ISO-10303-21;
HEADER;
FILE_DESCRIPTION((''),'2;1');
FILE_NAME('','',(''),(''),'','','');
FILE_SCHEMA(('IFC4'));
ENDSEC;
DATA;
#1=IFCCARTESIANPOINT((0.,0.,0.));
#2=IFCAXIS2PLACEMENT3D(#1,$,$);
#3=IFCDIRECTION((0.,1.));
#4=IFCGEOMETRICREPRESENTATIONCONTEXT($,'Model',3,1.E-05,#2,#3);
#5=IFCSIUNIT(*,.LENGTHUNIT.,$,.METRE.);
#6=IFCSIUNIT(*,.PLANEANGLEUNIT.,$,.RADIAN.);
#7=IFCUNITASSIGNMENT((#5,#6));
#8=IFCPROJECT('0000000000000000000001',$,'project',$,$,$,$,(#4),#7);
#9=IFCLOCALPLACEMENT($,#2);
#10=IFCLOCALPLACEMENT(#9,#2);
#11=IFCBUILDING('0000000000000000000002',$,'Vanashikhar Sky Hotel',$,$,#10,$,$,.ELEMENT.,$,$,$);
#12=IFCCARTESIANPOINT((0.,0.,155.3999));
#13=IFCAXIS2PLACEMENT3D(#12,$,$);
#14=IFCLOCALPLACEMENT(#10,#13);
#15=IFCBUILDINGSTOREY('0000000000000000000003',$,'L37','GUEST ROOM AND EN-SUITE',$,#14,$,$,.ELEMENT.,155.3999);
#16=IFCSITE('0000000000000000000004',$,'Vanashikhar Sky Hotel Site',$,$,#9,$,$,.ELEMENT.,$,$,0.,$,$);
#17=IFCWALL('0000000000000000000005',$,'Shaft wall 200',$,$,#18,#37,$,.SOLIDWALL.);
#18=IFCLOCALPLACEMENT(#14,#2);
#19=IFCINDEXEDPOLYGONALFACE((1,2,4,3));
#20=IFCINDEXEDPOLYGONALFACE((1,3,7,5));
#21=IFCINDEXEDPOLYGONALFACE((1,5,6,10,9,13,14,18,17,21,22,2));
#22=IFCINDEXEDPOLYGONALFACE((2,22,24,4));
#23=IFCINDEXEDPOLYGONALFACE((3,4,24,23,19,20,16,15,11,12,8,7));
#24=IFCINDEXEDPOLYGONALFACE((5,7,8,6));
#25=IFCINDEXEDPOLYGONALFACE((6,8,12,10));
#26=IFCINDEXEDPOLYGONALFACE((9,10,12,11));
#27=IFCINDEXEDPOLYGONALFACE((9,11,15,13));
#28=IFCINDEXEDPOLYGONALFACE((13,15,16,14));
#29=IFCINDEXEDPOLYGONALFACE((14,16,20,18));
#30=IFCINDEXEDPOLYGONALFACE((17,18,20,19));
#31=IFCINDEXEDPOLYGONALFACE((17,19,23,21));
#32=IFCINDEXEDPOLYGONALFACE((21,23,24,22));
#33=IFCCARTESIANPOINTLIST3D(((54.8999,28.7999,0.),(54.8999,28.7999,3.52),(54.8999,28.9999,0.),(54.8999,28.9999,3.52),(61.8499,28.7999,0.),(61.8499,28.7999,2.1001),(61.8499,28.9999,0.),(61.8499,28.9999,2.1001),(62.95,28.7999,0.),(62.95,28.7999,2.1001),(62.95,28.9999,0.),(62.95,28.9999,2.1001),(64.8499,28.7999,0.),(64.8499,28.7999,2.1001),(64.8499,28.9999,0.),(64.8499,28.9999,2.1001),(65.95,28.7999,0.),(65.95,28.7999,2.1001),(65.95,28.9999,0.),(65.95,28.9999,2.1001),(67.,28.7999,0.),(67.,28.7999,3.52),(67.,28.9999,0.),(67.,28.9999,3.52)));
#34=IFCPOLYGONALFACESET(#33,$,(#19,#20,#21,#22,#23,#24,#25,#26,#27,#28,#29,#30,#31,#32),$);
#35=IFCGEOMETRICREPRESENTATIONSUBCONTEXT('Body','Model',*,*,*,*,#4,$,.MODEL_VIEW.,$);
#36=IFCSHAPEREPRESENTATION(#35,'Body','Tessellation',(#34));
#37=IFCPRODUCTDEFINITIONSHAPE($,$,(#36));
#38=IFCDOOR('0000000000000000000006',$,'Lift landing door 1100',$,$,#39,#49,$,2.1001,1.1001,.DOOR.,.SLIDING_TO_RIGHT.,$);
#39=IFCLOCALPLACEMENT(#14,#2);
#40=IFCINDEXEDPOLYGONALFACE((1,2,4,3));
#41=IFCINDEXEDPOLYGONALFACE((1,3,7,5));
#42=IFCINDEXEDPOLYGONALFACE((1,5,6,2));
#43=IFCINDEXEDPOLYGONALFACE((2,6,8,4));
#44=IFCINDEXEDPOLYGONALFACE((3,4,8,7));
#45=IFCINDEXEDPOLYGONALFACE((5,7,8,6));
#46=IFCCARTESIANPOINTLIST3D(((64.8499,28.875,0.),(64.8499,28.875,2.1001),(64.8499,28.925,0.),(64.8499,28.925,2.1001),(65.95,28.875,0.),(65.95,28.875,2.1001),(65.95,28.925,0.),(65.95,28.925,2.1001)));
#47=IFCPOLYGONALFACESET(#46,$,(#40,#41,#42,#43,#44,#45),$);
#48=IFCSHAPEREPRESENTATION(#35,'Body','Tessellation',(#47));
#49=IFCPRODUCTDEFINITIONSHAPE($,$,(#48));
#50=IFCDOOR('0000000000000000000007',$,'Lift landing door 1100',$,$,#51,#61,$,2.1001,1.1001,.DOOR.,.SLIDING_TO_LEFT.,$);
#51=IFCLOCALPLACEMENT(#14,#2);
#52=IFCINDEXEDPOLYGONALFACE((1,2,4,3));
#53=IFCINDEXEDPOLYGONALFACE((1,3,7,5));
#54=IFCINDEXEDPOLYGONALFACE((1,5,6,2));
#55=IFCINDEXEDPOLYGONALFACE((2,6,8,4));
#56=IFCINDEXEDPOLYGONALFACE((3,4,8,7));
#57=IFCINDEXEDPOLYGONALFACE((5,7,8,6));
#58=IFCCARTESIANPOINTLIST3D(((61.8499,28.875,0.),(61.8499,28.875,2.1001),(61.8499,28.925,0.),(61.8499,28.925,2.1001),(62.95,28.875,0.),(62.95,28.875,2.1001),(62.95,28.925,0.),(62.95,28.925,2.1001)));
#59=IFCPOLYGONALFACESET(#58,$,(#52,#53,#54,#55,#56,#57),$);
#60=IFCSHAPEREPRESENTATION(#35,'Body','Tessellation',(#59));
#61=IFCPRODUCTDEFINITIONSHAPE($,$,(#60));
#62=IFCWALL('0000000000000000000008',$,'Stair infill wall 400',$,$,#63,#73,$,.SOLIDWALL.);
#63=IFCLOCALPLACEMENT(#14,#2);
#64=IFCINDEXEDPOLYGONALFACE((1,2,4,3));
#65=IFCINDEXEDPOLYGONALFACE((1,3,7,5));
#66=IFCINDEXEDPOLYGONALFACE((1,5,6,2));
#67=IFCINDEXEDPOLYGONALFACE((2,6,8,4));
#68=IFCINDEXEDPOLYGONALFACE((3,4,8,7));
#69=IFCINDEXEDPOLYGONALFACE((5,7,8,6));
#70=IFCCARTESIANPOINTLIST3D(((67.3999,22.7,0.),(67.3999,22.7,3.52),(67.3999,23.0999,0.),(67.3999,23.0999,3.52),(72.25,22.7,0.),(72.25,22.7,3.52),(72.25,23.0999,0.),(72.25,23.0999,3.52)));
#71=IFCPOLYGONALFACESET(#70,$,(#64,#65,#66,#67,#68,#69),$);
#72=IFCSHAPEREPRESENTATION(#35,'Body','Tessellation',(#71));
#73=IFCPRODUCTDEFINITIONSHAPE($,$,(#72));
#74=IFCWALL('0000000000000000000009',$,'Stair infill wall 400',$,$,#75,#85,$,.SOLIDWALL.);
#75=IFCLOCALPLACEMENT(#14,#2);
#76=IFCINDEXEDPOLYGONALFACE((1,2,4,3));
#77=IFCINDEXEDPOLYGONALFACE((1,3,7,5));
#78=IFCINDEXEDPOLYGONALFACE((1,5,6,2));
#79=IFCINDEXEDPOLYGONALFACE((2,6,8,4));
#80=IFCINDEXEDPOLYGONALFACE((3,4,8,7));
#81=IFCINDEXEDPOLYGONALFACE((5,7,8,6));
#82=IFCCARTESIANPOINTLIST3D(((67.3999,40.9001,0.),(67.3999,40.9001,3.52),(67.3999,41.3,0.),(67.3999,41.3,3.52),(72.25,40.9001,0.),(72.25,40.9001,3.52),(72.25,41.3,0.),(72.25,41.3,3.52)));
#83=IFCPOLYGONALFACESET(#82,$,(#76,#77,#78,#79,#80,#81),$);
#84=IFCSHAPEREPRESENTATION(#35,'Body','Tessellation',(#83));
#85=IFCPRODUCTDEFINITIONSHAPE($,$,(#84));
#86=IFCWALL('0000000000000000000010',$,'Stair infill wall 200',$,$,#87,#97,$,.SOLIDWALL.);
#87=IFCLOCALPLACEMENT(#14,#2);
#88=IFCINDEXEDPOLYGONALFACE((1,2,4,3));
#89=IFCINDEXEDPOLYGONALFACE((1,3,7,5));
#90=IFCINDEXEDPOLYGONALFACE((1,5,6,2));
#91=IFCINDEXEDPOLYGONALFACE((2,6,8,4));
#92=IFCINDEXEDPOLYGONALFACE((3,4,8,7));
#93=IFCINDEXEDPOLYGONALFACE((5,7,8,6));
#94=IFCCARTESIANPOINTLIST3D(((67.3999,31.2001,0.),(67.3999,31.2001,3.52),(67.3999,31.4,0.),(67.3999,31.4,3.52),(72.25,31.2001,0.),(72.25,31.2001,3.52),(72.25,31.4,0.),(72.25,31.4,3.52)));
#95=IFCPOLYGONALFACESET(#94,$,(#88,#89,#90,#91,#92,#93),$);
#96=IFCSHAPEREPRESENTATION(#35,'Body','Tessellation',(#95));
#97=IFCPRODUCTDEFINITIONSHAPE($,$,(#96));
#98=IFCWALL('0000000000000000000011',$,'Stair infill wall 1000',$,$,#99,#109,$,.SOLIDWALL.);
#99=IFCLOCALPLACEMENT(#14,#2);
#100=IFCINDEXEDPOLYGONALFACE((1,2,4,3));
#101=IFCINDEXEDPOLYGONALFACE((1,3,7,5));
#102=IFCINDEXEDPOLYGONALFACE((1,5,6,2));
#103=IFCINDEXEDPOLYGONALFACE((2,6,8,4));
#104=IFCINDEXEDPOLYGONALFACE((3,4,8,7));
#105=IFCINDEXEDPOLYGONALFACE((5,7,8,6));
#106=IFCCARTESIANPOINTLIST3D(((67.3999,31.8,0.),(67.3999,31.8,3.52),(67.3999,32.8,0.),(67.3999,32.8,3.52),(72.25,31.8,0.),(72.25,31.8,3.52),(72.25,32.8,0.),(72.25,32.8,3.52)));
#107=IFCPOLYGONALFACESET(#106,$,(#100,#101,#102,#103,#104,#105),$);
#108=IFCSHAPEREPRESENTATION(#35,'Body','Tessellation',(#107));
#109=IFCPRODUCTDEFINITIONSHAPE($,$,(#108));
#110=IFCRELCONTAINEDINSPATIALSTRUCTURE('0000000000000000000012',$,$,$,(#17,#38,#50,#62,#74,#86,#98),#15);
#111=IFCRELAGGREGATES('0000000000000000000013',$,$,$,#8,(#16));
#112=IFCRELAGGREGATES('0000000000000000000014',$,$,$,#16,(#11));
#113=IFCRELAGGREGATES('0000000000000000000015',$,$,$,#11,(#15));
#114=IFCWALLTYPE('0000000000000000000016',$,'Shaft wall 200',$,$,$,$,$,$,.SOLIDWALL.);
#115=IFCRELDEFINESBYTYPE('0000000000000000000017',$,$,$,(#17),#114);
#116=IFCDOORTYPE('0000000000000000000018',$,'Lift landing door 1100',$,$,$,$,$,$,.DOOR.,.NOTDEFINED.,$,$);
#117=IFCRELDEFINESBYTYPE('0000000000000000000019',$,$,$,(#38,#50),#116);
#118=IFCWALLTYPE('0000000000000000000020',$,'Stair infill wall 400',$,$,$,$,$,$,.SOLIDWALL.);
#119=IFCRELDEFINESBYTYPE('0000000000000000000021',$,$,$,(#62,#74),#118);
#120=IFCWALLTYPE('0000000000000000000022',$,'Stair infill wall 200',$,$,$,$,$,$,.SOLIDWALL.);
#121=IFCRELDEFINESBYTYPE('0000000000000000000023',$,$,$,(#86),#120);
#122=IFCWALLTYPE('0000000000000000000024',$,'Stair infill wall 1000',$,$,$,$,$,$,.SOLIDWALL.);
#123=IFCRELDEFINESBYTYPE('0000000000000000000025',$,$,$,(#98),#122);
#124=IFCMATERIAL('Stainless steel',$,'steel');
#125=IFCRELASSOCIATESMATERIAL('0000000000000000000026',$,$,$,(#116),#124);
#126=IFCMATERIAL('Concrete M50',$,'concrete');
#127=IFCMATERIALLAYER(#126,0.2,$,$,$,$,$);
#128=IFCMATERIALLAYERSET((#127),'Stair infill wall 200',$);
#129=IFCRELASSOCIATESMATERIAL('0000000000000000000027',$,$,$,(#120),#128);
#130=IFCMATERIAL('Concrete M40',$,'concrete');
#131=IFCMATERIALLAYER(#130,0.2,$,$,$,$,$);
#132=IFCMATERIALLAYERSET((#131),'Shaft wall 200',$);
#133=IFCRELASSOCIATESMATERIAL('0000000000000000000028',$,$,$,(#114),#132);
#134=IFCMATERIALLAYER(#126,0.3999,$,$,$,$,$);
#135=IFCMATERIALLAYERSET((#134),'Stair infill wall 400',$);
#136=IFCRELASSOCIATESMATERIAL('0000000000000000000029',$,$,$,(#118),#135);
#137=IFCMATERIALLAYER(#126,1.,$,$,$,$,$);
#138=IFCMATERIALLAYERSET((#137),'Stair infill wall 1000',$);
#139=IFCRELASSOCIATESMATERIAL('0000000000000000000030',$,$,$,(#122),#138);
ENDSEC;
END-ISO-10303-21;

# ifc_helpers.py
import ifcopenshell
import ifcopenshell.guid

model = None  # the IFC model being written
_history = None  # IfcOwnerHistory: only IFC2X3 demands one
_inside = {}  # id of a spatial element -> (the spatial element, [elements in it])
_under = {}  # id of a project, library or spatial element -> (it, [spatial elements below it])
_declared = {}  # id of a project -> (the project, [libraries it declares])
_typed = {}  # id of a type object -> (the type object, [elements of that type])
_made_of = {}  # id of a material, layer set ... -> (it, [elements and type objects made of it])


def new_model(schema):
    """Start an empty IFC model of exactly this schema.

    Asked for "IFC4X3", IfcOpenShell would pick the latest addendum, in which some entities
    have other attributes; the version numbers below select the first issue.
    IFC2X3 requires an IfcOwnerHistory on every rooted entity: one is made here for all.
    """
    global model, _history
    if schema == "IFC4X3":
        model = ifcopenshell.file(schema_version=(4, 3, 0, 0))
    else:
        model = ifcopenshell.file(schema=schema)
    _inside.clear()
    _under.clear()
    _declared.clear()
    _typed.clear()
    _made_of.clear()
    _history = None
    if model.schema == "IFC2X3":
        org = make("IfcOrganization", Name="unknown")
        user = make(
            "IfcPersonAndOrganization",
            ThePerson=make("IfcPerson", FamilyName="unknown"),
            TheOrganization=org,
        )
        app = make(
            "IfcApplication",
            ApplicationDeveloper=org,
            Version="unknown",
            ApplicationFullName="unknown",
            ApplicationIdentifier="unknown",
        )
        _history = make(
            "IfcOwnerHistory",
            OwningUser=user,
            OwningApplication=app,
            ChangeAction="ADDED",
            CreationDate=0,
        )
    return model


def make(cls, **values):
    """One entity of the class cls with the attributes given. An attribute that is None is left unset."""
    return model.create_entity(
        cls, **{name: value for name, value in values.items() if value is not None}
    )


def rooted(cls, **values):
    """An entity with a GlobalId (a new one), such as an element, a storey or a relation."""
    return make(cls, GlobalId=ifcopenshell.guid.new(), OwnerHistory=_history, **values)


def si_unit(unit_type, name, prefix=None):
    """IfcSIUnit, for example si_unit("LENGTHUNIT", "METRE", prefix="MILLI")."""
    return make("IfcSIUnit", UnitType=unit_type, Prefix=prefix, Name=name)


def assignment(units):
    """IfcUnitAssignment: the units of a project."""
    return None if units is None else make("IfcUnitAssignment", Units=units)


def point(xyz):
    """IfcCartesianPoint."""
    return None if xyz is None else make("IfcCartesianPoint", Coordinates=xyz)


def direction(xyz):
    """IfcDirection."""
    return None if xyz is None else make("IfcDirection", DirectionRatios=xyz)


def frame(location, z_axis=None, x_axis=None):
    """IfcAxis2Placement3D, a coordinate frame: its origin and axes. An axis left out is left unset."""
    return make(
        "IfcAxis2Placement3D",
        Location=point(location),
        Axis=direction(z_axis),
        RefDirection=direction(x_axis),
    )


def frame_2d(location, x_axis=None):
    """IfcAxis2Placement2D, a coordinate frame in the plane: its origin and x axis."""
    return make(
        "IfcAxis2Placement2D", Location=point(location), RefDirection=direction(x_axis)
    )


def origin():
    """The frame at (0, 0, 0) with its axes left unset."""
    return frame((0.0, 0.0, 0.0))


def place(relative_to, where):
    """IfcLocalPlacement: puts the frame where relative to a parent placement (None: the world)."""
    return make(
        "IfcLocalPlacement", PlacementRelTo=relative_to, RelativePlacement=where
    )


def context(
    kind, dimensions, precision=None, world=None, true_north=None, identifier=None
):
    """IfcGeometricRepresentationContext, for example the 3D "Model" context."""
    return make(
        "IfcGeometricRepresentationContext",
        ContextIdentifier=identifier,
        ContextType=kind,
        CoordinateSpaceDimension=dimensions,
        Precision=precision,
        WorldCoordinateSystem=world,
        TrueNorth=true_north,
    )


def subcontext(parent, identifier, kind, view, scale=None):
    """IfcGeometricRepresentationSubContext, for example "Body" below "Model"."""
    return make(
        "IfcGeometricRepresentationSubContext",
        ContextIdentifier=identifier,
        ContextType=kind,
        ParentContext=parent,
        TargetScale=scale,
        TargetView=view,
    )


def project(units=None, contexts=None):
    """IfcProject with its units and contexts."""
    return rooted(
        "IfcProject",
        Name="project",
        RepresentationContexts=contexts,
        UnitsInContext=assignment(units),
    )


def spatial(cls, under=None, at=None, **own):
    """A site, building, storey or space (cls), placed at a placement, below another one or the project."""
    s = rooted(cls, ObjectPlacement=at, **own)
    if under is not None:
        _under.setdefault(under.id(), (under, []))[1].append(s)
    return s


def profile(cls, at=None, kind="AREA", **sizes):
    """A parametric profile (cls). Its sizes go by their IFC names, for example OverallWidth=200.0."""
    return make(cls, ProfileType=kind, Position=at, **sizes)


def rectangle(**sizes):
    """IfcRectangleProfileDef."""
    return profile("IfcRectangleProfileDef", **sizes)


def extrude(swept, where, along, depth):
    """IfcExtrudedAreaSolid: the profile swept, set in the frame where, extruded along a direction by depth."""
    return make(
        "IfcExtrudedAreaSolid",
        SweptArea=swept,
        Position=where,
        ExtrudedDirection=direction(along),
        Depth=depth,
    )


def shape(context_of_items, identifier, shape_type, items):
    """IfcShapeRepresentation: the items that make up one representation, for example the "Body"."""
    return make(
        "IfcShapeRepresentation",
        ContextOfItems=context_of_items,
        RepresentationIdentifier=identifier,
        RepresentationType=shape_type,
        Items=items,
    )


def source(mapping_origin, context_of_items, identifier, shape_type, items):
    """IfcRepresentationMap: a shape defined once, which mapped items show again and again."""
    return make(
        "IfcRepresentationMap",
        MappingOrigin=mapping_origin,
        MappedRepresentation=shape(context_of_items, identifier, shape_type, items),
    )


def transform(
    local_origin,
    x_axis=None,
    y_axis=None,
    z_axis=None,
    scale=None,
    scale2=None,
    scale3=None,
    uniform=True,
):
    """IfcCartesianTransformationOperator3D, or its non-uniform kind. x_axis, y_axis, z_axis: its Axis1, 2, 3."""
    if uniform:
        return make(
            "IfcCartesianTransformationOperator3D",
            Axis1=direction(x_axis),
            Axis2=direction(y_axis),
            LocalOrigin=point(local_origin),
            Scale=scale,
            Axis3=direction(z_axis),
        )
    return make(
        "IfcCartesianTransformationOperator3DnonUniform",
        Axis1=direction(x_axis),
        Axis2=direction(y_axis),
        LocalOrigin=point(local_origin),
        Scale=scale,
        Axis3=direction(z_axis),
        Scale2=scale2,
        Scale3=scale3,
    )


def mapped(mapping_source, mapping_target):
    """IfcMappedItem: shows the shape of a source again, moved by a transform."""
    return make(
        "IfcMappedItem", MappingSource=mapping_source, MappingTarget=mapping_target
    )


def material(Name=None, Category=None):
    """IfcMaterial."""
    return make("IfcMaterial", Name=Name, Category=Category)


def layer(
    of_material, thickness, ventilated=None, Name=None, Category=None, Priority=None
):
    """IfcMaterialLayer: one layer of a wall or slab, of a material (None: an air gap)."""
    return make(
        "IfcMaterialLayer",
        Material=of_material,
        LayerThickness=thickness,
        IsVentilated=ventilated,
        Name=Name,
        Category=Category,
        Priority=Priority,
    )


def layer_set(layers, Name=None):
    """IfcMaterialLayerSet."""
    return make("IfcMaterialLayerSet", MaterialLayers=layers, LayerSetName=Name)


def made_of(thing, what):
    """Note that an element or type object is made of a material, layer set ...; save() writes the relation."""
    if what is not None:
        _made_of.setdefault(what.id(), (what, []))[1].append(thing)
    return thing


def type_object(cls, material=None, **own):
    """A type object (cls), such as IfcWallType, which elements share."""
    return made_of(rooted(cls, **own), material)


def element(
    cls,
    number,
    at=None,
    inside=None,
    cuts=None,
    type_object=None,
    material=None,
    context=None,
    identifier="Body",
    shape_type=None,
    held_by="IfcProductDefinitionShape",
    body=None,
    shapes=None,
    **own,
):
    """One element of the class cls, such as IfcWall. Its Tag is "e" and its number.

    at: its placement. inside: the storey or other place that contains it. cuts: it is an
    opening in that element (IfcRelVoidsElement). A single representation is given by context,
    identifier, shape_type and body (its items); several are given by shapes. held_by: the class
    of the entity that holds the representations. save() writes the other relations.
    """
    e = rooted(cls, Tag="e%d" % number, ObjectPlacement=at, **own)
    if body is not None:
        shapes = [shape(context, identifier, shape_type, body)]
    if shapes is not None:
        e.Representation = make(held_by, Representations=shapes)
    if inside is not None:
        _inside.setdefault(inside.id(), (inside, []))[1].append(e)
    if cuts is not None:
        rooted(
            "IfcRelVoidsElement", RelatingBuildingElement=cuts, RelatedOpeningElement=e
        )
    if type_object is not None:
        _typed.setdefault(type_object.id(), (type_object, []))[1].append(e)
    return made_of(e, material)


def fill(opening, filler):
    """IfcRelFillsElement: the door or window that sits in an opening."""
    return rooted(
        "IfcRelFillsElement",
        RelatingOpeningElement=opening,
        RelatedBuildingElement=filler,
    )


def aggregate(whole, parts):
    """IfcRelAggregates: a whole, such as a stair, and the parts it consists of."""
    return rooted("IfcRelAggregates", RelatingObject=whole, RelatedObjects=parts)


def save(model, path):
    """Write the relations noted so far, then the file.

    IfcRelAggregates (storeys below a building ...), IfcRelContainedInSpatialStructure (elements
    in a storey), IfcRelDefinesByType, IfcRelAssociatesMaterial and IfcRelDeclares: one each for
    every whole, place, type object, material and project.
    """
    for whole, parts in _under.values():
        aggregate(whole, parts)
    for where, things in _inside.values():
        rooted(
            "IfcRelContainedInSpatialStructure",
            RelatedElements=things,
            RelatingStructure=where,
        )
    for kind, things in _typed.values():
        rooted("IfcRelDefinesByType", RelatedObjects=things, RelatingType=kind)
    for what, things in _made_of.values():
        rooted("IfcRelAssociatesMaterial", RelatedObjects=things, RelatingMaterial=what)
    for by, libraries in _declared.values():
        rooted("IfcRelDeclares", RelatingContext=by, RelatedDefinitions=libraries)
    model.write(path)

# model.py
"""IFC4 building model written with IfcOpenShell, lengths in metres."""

from ifc_helpers import new_model, si_unit, direction, frame, frame_2d, origin, place, context, subcontext, project, spatial, rectangle, extrude, source, transform, mapped, material, layer, layer_set, type_object, element, fill, save


model = new_model("IFC4")

# Units and contexts
model_context = context("Model", 3, precision=1e-05, world=origin(), true_north=direction((0.0, 1.0)))
body_context = subcontext(model_context, "Body", "Model", "MODEL_VIEW")
ifc_project = project(units=[si_unit("LENGTHUNIT", "METRE"), si_unit("PLANEANGLEUNIT", "RADIAN")], contexts=[model_context])

# Site, building, storey
site_placement = place(None, origin())
site = spatial("IfcSite", under=ifc_project, at=site_placement, Name="Vanashikhar Sky Hotel Site", CompositionType="ELEMENT", RefElevation=0.0)
building_placement = place(site_placement, origin())
building = spatial("IfcBuilding", under=site, at=building_placement, Name="Vanashikhar Sky Hotel", CompositionType="ELEMENT")
storey_placement = place(building_placement, frame((0.0, 0.0, 155.3999)))
storey = spatial("IfcBuildingStorey", under=building, at=storey_placement, Name="L37", Description="GUEST ROOM AND EN-SUITE", CompositionType="ELEMENT", Elevation=155.3999)

# Shared definitions
ifc_material_1 = material(Name="Stainless steel", Category="steel")
door_type_1 = type_object("IfcDoorType", Name="Lift landing door 1100", OperationType="NOTDEFINED", PredefinedType="DOOR", material=ifc_material_1)
shared_shape_1 = source(origin(), body_context, "Body", "SweptSolid", [
    extrude(rectangle(XDim=1.1001, YDim=2.1001, at=frame_2d((0.55, 1.05))), frame((0.0, 0.0249, 0.0), z_axis=(0.0, -1.0, 0.0), x_axis=(1.0, 0.0, 0.0)), (0.0, 0.0, 1.0), 0.05),
])

# Shared definitions
ifc_material_2 = material(Name="Concrete M50", Category="concrete")
ifc_layer_1 = layer(ifc_material_2, 0.2)
ifc_layer_set_1 = layer_set([ifc_layer_1], Name="Stair infill wall 200")
wall_type_1 = type_object("IfcWallType", Name="Stair infill wall 200", PredefinedType="SOLIDWALL", material=ifc_layer_set_1)

# Wall, openings, doors
ifc_material_3 = material(Name="Concrete M40", Category="concrete")
ifc_layer_2 = layer(ifc_material_3, 0.2)
ifc_layer_set_2 = layer_set([ifc_layer_2], Name="Shaft wall 200")
wall_type_2 = type_object("IfcWallType", Name="Shaft wall 200", PredefinedType="SOLIDWALL", material=ifc_layer_set_2)
shared_shape_2 = source(origin(), body_context, "Body", "SweptSolid", [
    extrude(rectangle(XDim=12.1001, YDim=0.2, at=frame_2d((6.05, 0.0))), origin(), (0.0, 0.0, 1.0), 3.52),
])
wall_1_placement = place(storey_placement, frame((67.0, 28.8999, 0.0), z_axis=(0.0, 0.0, 1.0), x_axis=(-1.0, 0.0, 0.0)))
wall_1 = element("IfcWall", 1, at=wall_1_placement, inside=storey, type_object=wall_type_2, Name="Shaft wall 200", PredefinedType="SOLIDWALL", context=body_context, shape_type="MappedRepresentation", body=[
    mapped(shared_shape_2, transform((0.0, 0.0, 0.0), scale=1.0)),
])
shared_shape_3 = source(origin(), body_context, "Body", "SweptSolid", [
    extrude(rectangle(XDim=1.1001, YDim=2.1001, at=frame_2d((0.55, 1.05))), frame((0.0, 0.1099, 0.0), z_axis=(0.0, -1.0, 0.0), x_axis=(1.0, 0.0, 0.0)), (0.0, 0.0, 1.0), 0.22),
])
opening_1_placement = place(wall_1_placement, frame((1.05, 0.0, 0.0)))
opening_1 = element("IfcOpeningElement", 2, at=opening_1_placement, cuts=wall_1, PredefinedType="OPENING", context=body_context, shape_type="MappedRepresentation", body=[
    mapped(shared_shape_3, transform((0.0, 0.0, 0.0), scale=1.0)),
])
opening_2_placement = place(wall_1_placement, frame((4.05, 0.0, 0.0)))
opening_2 = element("IfcOpeningElement", 3, at=opening_2_placement, cuts=wall_1, PredefinedType="OPENING", context=body_context, shape_type="MappedRepresentation", body=[
    mapped(shared_shape_3, transform((0.0, 0.0, 0.0), scale=1.0)),
])
door_1_placement = place(opening_1_placement, origin())
door_1 = element("IfcDoor", 4, at=door_1_placement, inside=storey, type_object=door_type_1, Name="Lift landing door 1100", OperationType="SLIDING_TO_RIGHT", OverallHeight=2.1001, OverallWidth=1.1001, PredefinedType="DOOR", context=body_context, shape_type="MappedRepresentation", body=[
    mapped(shared_shape_1, transform((0.0, 0.0, 0.0), scale=1.0)),
])
fill(opening_1, door_1)
door_2_placement = place(opening_2_placement, origin())
door_2 = element("IfcDoor", 5, at=door_2_placement, inside=storey, type_object=door_type_1, Name="Lift landing door 1100", OperationType="SLIDING_TO_LEFT", OverallHeight=2.1001, OverallWidth=1.1001, PredefinedType="DOOR", context=body_context, shape_type="MappedRepresentation", body=[
    mapped(shared_shape_1, transform((0.0, 0.0, 0.0), scale=1.0)),
])
fill(opening_2, door_2)

# Walls
ifc_layer_3 = layer(ifc_material_2, 0.3999)
ifc_layer_set_3 = layer_set([ifc_layer_3], Name="Stair infill wall 400")
wall_type_3 = type_object("IfcWallType", Name="Stair infill wall 400", PredefinedType="SOLIDWALL", material=ifc_layer_set_3)
shared_shape_4 = source(origin(), body_context, "Body", "SweptSolid", [
    extrude(rectangle(XDim=4.8501, YDim=0.3999, at=frame_2d((2.425, 0.0))), origin(), (0.0, 0.0, 1.0), 3.52),
])
for number, where, z_axis, x_axis, name in (
    (6, (67.3999, 22.8999, 0.0), (0.0, 0.0, 1.0), (1.0, 0.0, 0.0), "Stair infill wall 400"),
    (7, (67.3999, 41.1001, 0.0), (0.0, 0.0, 1.0), (1.0, 0.0, 0.0), "Stair infill wall 400"),
):
    element("IfcWall", number, at=place(storey_placement, frame(where, z_axis=z_axis, x_axis=x_axis)), inside=storey, type_object=wall_type_3, Name=name, PredefinedType="SOLIDWALL", context=body_context, shape_type="MappedRepresentation", body=[
        mapped(shared_shape_4, transform((0.0, 0.0, 0.0), scale=1.0)),
    ])
shared_shape_5 = source(origin(), body_context, "Body", "SweptSolid", [
    extrude(rectangle(XDim=4.8501, YDim=0.2, at=frame_2d((2.425, 0.0))), origin(), (0.0, 0.0, 1.0), 3.52),
])
wall_2_placement = place(storey_placement, frame((67.3999, 31.3, 0.0), z_axis=(0.0, 0.0, 1.0), x_axis=(1.0, 0.0, 0.0)))
element("IfcWall", 8, at=wall_2_placement, inside=storey, type_object=wall_type_1, Name="Stair infill wall 200", PredefinedType="SOLIDWALL", context=body_context, shape_type="MappedRepresentation", body=[
    mapped(shared_shape_5, transform((0.0, 0.0, 0.0), scale=1.0)),
])
ifc_layer_4 = layer(ifc_material_2, 1.0)
ifc_layer_set_4 = layer_set([ifc_layer_4], Name="Stair infill wall 1000")
wall_type_4 = type_object("IfcWallType", Name="Stair infill wall 1000", PredefinedType="SOLIDWALL", material=ifc_layer_set_4)
shared_shape_6 = source(origin(), body_context, "Body", "SweptSolid", [
    extrude(rectangle(XDim=4.8501, YDim=1.0, at=frame_2d((2.425, 0.0))), origin(), (0.0, 0.0, 1.0), 3.52),
])
wall_3_placement = place(storey_placement, frame((67.3999, 32.3, 0.0), z_axis=(0.0, 0.0, 1.0), x_axis=(1.0, 0.0, 0.0)))
element("IfcWall", 9, at=wall_3_placement, inside=storey, type_object=wall_type_4, Name="Stair infill wall 1000", PredefinedType="SOLIDWALL", context=body_context, shape_type="MappedRepresentation", body=[
    mapped(shared_shape_6, transform((0.0, 0.0, 0.0), scale=1.0)),
])

save(model, "model.ifc")
